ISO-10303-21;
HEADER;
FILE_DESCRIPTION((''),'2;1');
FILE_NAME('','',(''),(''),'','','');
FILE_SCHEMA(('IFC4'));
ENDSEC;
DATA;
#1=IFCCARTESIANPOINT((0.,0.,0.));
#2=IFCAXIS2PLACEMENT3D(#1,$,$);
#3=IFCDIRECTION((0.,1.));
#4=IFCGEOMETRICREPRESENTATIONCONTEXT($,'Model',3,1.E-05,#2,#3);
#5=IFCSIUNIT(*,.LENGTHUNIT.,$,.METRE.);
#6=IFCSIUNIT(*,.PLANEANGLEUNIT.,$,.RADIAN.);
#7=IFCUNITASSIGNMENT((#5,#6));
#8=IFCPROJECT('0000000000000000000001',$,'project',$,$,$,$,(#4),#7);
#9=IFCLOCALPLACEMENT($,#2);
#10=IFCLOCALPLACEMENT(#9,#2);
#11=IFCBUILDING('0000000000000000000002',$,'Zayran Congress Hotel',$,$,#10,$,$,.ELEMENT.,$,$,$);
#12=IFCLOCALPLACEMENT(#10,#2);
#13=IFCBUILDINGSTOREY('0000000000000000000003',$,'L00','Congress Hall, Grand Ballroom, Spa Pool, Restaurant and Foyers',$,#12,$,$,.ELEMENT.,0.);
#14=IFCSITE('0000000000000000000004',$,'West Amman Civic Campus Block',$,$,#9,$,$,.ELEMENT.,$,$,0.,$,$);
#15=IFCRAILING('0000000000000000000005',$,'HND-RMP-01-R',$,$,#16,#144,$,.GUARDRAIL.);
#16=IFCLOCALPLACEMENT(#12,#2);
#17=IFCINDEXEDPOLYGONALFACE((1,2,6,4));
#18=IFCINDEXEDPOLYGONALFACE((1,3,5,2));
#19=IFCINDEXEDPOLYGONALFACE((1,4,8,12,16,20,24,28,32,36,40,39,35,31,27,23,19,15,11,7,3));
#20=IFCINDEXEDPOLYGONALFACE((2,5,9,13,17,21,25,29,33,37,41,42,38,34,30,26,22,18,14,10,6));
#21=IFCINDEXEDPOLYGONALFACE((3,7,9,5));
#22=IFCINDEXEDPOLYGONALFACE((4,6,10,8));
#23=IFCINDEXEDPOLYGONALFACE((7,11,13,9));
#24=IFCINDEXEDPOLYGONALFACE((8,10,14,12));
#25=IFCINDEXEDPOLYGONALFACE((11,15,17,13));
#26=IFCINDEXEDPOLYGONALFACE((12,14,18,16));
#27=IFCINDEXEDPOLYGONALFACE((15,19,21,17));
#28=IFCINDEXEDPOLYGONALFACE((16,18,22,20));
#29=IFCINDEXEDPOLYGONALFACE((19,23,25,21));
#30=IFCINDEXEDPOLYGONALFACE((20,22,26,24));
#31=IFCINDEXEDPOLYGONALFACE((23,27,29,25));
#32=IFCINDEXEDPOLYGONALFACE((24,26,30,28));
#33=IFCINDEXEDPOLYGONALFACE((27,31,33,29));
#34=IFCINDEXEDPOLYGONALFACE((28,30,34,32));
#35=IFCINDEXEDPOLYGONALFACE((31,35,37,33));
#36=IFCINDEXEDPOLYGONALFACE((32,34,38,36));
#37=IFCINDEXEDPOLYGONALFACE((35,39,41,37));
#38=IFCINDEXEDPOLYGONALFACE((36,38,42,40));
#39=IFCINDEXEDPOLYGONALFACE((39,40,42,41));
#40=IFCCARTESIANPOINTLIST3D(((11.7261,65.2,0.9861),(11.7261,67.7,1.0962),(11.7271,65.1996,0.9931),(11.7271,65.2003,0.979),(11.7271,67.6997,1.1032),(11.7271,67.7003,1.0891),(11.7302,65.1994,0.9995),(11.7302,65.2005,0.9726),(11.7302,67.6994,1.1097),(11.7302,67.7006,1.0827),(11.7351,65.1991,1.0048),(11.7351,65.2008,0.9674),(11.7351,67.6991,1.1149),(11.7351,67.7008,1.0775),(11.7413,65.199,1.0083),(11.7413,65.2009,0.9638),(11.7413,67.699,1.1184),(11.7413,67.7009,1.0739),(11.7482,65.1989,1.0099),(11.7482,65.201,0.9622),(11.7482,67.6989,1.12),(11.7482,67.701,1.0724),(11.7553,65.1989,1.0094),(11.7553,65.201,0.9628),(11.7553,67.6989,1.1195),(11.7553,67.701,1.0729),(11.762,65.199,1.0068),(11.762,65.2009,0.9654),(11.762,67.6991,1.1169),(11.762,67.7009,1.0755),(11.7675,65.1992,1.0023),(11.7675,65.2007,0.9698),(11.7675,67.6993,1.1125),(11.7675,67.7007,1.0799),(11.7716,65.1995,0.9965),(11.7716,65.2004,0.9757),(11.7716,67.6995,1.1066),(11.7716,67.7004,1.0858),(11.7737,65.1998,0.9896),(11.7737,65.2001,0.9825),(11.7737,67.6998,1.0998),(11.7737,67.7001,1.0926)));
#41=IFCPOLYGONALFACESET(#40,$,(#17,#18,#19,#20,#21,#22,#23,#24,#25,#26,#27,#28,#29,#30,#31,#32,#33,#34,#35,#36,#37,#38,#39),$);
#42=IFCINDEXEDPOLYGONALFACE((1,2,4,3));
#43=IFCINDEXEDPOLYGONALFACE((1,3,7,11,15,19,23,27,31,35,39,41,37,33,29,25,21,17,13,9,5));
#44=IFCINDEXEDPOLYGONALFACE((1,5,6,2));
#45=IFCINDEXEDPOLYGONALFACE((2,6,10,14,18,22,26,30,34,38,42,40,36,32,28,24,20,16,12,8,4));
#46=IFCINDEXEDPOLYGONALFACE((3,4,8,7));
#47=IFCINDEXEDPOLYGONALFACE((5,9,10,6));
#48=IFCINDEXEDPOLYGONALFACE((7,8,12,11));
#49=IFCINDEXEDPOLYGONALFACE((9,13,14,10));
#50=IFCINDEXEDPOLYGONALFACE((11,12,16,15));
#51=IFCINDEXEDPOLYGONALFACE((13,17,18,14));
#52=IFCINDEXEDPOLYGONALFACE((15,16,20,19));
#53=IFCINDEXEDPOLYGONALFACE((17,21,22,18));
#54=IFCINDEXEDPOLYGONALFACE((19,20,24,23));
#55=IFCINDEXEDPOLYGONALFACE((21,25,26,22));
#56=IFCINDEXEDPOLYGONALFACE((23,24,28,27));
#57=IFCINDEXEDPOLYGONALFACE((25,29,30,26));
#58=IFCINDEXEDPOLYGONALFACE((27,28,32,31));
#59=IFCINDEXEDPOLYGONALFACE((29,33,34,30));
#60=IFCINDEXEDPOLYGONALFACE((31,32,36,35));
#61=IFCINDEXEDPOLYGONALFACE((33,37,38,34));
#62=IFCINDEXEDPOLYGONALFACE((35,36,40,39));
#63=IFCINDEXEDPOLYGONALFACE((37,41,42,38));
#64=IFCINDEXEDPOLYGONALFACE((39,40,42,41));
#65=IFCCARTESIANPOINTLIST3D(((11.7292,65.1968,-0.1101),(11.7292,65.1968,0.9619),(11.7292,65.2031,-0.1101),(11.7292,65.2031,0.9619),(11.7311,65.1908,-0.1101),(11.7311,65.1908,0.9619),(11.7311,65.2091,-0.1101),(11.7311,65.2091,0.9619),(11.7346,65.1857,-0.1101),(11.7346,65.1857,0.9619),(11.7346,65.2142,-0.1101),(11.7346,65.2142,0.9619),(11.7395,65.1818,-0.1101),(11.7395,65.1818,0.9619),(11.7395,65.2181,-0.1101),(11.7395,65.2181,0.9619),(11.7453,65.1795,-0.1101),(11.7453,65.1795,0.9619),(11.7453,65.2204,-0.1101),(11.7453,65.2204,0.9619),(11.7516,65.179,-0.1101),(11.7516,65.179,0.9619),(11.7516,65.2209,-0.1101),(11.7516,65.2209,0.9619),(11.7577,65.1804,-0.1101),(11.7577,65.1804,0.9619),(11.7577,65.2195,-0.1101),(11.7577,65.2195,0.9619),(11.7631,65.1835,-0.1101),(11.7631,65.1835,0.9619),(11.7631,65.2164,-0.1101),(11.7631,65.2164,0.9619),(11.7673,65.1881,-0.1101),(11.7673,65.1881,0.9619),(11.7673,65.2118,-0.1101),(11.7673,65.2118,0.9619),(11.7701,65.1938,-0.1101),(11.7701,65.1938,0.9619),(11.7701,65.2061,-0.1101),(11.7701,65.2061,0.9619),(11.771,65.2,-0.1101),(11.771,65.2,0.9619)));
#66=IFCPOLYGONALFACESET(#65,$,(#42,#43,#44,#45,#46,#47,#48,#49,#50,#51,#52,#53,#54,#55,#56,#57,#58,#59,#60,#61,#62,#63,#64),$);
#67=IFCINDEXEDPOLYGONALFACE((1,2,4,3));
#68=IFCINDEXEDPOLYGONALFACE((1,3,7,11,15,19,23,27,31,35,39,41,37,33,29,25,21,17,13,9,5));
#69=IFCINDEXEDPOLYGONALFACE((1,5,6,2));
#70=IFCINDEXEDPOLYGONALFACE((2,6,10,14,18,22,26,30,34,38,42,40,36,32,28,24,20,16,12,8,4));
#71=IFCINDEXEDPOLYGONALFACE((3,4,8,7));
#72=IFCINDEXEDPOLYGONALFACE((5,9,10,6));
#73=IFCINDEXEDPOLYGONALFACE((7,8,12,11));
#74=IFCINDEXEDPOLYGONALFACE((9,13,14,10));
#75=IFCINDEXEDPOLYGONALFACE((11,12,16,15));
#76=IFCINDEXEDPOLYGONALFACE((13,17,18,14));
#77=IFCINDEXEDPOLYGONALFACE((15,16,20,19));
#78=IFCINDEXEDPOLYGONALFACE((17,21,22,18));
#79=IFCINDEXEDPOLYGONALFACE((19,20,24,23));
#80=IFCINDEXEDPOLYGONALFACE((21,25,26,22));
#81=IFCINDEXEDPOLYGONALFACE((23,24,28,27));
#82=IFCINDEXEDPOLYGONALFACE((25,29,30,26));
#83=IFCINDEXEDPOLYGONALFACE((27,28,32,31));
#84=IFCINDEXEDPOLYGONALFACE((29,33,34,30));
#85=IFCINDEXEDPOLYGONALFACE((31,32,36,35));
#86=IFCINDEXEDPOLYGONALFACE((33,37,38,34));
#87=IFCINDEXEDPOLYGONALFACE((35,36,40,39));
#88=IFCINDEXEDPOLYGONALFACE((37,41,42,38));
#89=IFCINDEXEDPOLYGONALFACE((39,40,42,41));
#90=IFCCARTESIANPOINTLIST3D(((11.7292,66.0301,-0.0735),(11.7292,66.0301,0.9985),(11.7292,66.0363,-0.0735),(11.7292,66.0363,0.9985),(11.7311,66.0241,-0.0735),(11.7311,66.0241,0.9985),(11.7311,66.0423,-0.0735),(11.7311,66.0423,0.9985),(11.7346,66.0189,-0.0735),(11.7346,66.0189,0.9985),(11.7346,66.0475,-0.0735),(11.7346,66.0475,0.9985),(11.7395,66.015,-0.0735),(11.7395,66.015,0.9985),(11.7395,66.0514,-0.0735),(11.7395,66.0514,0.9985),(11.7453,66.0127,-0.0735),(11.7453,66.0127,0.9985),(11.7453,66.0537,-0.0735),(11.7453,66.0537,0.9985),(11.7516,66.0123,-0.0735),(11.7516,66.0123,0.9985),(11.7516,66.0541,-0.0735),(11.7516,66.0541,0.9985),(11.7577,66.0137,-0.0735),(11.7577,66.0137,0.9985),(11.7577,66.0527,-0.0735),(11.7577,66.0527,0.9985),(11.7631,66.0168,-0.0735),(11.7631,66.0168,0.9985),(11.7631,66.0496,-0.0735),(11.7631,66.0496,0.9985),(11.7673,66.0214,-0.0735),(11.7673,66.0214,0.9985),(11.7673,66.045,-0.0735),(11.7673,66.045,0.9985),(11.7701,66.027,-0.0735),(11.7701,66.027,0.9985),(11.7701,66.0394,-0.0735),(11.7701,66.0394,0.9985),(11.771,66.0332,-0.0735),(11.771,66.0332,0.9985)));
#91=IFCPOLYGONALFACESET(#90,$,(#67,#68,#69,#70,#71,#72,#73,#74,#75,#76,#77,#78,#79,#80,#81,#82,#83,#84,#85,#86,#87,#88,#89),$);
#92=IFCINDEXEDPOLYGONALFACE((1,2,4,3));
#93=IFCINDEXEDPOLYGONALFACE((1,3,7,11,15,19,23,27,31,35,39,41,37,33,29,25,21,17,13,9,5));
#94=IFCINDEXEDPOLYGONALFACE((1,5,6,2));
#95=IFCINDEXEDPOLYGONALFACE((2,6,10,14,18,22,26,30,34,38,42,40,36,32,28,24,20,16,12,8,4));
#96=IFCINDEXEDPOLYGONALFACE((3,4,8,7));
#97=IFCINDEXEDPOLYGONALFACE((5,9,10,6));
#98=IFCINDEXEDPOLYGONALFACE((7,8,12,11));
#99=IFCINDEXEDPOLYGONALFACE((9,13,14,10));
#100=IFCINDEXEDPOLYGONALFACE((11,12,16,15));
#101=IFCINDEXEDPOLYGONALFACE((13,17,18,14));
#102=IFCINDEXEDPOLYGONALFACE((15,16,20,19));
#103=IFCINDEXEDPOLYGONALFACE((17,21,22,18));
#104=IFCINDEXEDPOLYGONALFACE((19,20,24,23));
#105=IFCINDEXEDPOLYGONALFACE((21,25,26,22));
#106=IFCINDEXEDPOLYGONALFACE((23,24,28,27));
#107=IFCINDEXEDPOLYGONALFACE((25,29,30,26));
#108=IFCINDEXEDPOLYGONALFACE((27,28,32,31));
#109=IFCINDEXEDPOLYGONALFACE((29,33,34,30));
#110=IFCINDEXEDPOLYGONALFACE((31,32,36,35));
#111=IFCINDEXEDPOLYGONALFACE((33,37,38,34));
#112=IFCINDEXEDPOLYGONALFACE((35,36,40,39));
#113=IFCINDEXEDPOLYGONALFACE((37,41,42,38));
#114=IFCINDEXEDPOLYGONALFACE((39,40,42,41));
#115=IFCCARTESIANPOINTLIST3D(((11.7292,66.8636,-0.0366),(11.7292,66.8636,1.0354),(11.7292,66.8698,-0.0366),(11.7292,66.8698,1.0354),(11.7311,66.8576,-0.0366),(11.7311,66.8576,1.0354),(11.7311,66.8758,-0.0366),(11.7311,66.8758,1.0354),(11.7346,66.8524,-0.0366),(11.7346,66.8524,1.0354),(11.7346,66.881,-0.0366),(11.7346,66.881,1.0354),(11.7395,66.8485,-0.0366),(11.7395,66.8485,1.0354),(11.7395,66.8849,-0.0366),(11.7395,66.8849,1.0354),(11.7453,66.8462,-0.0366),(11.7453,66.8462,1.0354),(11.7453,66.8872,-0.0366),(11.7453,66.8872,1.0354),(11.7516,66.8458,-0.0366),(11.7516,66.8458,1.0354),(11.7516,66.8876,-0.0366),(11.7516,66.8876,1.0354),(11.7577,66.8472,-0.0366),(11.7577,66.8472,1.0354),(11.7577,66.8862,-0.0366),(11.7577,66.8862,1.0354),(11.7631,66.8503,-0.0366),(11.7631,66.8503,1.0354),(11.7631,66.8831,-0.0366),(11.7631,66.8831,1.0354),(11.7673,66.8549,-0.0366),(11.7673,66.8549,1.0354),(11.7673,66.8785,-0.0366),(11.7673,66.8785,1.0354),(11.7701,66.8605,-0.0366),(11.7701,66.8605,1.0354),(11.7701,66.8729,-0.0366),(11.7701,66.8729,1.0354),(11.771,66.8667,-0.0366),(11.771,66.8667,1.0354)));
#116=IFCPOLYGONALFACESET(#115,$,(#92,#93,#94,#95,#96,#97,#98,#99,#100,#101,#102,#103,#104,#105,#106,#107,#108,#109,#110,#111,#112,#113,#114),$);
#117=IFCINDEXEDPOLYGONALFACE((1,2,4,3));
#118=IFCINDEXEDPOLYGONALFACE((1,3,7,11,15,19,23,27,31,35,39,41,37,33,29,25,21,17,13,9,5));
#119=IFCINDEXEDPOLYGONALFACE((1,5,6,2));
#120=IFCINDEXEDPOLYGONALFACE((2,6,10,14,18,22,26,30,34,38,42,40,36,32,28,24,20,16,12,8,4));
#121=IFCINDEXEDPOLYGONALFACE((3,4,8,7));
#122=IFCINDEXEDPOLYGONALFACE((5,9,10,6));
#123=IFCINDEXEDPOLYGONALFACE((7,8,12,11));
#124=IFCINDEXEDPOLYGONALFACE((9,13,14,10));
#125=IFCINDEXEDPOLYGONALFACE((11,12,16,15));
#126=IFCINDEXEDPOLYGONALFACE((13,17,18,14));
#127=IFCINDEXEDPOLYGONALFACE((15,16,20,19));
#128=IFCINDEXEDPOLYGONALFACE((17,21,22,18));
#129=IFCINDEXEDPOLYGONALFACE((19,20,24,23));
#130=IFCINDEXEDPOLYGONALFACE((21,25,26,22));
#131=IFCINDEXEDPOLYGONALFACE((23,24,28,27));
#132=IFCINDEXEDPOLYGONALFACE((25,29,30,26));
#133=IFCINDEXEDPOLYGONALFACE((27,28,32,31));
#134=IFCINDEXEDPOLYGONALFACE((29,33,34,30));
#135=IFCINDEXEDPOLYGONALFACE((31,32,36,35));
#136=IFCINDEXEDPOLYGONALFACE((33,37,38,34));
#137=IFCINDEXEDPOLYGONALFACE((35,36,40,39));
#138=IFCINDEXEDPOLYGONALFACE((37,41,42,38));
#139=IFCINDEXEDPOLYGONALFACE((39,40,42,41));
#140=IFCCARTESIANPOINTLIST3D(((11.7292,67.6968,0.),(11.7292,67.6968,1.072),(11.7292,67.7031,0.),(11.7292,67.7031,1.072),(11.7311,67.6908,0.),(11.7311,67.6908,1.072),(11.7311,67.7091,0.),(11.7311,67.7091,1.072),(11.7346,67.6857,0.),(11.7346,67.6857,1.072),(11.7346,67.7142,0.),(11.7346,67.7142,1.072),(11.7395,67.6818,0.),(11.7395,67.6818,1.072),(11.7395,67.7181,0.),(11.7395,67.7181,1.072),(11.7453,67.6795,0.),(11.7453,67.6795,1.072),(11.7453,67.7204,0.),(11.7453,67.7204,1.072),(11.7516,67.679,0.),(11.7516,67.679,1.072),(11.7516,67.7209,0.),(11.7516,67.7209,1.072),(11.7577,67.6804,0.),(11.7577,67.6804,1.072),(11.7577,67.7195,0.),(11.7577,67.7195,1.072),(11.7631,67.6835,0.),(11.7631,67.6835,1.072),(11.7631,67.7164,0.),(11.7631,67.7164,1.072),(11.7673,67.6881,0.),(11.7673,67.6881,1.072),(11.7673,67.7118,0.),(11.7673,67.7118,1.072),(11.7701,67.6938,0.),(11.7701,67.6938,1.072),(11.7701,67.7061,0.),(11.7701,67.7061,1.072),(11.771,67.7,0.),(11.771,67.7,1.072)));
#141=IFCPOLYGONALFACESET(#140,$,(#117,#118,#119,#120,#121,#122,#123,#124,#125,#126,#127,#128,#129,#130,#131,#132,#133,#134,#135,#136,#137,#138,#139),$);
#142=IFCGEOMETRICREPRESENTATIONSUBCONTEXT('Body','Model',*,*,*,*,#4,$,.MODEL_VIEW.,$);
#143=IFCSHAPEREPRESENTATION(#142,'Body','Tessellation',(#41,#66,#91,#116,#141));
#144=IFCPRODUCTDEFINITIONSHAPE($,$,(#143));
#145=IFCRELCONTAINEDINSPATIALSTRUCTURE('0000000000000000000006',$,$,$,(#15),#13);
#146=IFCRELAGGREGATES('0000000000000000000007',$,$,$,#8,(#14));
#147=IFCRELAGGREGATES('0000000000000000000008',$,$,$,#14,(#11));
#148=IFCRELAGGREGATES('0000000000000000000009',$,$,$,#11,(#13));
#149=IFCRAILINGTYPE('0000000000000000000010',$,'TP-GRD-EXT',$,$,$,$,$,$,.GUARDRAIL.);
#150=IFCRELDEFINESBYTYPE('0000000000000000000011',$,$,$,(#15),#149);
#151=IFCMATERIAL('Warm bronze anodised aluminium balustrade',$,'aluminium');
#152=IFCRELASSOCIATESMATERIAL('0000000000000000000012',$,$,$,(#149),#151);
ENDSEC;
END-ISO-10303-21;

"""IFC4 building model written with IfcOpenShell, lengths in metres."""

from ifc_helpers import new_model, si_unit, direction, frame, origin, origin_2d, place, context, subcontext, project, spatial, circle, extrude, material, type_object, element, save


model = new_model("IFC4")

# Units and contexts
model_context = context("Model", 3, precision=1e-05, world=origin(), true_north=direction((0.0, 1.0)))
body_context = subcontext(model_context, "Body", "Model", "MODEL_VIEW")
ifc_project = project(units=[si_unit("LENGTHUNIT", "METRE"), si_unit("PLANEANGLEUNIT", "RADIAN")], contexts=[model_context])

# Site, building, storey
site_placement = place(None, origin())
site = spatial("IfcSite", under=ifc_project, at=site_placement, Name="West Amman Civic Campus Block", CompositionType="ELEMENT", RefElevation=0.0)
building_placement = place(site_placement, origin())
building = spatial("IfcBuilding", under=site, at=building_placement, Name="Zayran Congress Hotel", CompositionType="ELEMENT")
storey_placement = place(building_placement, origin())
storey = spatial("IfcBuildingStorey", under=building, at=storey_placement, Name="L00", Description="Congress Hall, Grand Ballroom, Spa Pool, Restaurant and Foyers", CompositionType="ELEMENT", Elevation=0.0)

# Railing
ifc_material_1 = material(Name="Warm bronze anodised aluminium balustrade", Category="aluminium")
railing_type = type_object("IfcRailingType", Name="TP-GRD-EXT", PredefinedType="GUARDRAIL", material=ifc_material_1)
for number, where, name in (
    (1, (11.75, 65.2, -0.1101), "HND-RMP-01-R"),
):
    element("IfcRailing", number, at=place(storey_placement, frame(where)), inside=storey, type_object=railing_type, Name=name, PredefinedType="GUARDRAIL", context=body_context, shape_type="SweptSolid", body=[
        extrude(circle(Radius=0.0239, at=origin_2d()), frame((0.0, 0.0, 1.0962), z_axis=(0.0, 0.999032, 0.044), x_axis=(-1.0, 0.0, 0.0)), (0.0, 0.0, 1.0), 2.5024),
        extrude(circle(Radius=0.021, at=origin_2d()), origin(), (0.0, 0.0, 1.0), 1.072),
        extrude(circle(Radius=0.021, at=origin_2d()), frame((0.0, 0.8333, 0.0366)), (0.0, 0.0, 1.0), 1.072),
        extrude(circle(Radius=0.021, at=origin_2d()), frame((0.0, 1.6667, 0.0735)), (0.0, 0.0, 1.0), 1.072),
        extrude(circle(Radius=0.021, at=origin_2d()), frame((0.0, 2.5, 0.1101)), (0.0, 0.0, 1.0), 1.072),
    ])

save(model, "model.ifc")
